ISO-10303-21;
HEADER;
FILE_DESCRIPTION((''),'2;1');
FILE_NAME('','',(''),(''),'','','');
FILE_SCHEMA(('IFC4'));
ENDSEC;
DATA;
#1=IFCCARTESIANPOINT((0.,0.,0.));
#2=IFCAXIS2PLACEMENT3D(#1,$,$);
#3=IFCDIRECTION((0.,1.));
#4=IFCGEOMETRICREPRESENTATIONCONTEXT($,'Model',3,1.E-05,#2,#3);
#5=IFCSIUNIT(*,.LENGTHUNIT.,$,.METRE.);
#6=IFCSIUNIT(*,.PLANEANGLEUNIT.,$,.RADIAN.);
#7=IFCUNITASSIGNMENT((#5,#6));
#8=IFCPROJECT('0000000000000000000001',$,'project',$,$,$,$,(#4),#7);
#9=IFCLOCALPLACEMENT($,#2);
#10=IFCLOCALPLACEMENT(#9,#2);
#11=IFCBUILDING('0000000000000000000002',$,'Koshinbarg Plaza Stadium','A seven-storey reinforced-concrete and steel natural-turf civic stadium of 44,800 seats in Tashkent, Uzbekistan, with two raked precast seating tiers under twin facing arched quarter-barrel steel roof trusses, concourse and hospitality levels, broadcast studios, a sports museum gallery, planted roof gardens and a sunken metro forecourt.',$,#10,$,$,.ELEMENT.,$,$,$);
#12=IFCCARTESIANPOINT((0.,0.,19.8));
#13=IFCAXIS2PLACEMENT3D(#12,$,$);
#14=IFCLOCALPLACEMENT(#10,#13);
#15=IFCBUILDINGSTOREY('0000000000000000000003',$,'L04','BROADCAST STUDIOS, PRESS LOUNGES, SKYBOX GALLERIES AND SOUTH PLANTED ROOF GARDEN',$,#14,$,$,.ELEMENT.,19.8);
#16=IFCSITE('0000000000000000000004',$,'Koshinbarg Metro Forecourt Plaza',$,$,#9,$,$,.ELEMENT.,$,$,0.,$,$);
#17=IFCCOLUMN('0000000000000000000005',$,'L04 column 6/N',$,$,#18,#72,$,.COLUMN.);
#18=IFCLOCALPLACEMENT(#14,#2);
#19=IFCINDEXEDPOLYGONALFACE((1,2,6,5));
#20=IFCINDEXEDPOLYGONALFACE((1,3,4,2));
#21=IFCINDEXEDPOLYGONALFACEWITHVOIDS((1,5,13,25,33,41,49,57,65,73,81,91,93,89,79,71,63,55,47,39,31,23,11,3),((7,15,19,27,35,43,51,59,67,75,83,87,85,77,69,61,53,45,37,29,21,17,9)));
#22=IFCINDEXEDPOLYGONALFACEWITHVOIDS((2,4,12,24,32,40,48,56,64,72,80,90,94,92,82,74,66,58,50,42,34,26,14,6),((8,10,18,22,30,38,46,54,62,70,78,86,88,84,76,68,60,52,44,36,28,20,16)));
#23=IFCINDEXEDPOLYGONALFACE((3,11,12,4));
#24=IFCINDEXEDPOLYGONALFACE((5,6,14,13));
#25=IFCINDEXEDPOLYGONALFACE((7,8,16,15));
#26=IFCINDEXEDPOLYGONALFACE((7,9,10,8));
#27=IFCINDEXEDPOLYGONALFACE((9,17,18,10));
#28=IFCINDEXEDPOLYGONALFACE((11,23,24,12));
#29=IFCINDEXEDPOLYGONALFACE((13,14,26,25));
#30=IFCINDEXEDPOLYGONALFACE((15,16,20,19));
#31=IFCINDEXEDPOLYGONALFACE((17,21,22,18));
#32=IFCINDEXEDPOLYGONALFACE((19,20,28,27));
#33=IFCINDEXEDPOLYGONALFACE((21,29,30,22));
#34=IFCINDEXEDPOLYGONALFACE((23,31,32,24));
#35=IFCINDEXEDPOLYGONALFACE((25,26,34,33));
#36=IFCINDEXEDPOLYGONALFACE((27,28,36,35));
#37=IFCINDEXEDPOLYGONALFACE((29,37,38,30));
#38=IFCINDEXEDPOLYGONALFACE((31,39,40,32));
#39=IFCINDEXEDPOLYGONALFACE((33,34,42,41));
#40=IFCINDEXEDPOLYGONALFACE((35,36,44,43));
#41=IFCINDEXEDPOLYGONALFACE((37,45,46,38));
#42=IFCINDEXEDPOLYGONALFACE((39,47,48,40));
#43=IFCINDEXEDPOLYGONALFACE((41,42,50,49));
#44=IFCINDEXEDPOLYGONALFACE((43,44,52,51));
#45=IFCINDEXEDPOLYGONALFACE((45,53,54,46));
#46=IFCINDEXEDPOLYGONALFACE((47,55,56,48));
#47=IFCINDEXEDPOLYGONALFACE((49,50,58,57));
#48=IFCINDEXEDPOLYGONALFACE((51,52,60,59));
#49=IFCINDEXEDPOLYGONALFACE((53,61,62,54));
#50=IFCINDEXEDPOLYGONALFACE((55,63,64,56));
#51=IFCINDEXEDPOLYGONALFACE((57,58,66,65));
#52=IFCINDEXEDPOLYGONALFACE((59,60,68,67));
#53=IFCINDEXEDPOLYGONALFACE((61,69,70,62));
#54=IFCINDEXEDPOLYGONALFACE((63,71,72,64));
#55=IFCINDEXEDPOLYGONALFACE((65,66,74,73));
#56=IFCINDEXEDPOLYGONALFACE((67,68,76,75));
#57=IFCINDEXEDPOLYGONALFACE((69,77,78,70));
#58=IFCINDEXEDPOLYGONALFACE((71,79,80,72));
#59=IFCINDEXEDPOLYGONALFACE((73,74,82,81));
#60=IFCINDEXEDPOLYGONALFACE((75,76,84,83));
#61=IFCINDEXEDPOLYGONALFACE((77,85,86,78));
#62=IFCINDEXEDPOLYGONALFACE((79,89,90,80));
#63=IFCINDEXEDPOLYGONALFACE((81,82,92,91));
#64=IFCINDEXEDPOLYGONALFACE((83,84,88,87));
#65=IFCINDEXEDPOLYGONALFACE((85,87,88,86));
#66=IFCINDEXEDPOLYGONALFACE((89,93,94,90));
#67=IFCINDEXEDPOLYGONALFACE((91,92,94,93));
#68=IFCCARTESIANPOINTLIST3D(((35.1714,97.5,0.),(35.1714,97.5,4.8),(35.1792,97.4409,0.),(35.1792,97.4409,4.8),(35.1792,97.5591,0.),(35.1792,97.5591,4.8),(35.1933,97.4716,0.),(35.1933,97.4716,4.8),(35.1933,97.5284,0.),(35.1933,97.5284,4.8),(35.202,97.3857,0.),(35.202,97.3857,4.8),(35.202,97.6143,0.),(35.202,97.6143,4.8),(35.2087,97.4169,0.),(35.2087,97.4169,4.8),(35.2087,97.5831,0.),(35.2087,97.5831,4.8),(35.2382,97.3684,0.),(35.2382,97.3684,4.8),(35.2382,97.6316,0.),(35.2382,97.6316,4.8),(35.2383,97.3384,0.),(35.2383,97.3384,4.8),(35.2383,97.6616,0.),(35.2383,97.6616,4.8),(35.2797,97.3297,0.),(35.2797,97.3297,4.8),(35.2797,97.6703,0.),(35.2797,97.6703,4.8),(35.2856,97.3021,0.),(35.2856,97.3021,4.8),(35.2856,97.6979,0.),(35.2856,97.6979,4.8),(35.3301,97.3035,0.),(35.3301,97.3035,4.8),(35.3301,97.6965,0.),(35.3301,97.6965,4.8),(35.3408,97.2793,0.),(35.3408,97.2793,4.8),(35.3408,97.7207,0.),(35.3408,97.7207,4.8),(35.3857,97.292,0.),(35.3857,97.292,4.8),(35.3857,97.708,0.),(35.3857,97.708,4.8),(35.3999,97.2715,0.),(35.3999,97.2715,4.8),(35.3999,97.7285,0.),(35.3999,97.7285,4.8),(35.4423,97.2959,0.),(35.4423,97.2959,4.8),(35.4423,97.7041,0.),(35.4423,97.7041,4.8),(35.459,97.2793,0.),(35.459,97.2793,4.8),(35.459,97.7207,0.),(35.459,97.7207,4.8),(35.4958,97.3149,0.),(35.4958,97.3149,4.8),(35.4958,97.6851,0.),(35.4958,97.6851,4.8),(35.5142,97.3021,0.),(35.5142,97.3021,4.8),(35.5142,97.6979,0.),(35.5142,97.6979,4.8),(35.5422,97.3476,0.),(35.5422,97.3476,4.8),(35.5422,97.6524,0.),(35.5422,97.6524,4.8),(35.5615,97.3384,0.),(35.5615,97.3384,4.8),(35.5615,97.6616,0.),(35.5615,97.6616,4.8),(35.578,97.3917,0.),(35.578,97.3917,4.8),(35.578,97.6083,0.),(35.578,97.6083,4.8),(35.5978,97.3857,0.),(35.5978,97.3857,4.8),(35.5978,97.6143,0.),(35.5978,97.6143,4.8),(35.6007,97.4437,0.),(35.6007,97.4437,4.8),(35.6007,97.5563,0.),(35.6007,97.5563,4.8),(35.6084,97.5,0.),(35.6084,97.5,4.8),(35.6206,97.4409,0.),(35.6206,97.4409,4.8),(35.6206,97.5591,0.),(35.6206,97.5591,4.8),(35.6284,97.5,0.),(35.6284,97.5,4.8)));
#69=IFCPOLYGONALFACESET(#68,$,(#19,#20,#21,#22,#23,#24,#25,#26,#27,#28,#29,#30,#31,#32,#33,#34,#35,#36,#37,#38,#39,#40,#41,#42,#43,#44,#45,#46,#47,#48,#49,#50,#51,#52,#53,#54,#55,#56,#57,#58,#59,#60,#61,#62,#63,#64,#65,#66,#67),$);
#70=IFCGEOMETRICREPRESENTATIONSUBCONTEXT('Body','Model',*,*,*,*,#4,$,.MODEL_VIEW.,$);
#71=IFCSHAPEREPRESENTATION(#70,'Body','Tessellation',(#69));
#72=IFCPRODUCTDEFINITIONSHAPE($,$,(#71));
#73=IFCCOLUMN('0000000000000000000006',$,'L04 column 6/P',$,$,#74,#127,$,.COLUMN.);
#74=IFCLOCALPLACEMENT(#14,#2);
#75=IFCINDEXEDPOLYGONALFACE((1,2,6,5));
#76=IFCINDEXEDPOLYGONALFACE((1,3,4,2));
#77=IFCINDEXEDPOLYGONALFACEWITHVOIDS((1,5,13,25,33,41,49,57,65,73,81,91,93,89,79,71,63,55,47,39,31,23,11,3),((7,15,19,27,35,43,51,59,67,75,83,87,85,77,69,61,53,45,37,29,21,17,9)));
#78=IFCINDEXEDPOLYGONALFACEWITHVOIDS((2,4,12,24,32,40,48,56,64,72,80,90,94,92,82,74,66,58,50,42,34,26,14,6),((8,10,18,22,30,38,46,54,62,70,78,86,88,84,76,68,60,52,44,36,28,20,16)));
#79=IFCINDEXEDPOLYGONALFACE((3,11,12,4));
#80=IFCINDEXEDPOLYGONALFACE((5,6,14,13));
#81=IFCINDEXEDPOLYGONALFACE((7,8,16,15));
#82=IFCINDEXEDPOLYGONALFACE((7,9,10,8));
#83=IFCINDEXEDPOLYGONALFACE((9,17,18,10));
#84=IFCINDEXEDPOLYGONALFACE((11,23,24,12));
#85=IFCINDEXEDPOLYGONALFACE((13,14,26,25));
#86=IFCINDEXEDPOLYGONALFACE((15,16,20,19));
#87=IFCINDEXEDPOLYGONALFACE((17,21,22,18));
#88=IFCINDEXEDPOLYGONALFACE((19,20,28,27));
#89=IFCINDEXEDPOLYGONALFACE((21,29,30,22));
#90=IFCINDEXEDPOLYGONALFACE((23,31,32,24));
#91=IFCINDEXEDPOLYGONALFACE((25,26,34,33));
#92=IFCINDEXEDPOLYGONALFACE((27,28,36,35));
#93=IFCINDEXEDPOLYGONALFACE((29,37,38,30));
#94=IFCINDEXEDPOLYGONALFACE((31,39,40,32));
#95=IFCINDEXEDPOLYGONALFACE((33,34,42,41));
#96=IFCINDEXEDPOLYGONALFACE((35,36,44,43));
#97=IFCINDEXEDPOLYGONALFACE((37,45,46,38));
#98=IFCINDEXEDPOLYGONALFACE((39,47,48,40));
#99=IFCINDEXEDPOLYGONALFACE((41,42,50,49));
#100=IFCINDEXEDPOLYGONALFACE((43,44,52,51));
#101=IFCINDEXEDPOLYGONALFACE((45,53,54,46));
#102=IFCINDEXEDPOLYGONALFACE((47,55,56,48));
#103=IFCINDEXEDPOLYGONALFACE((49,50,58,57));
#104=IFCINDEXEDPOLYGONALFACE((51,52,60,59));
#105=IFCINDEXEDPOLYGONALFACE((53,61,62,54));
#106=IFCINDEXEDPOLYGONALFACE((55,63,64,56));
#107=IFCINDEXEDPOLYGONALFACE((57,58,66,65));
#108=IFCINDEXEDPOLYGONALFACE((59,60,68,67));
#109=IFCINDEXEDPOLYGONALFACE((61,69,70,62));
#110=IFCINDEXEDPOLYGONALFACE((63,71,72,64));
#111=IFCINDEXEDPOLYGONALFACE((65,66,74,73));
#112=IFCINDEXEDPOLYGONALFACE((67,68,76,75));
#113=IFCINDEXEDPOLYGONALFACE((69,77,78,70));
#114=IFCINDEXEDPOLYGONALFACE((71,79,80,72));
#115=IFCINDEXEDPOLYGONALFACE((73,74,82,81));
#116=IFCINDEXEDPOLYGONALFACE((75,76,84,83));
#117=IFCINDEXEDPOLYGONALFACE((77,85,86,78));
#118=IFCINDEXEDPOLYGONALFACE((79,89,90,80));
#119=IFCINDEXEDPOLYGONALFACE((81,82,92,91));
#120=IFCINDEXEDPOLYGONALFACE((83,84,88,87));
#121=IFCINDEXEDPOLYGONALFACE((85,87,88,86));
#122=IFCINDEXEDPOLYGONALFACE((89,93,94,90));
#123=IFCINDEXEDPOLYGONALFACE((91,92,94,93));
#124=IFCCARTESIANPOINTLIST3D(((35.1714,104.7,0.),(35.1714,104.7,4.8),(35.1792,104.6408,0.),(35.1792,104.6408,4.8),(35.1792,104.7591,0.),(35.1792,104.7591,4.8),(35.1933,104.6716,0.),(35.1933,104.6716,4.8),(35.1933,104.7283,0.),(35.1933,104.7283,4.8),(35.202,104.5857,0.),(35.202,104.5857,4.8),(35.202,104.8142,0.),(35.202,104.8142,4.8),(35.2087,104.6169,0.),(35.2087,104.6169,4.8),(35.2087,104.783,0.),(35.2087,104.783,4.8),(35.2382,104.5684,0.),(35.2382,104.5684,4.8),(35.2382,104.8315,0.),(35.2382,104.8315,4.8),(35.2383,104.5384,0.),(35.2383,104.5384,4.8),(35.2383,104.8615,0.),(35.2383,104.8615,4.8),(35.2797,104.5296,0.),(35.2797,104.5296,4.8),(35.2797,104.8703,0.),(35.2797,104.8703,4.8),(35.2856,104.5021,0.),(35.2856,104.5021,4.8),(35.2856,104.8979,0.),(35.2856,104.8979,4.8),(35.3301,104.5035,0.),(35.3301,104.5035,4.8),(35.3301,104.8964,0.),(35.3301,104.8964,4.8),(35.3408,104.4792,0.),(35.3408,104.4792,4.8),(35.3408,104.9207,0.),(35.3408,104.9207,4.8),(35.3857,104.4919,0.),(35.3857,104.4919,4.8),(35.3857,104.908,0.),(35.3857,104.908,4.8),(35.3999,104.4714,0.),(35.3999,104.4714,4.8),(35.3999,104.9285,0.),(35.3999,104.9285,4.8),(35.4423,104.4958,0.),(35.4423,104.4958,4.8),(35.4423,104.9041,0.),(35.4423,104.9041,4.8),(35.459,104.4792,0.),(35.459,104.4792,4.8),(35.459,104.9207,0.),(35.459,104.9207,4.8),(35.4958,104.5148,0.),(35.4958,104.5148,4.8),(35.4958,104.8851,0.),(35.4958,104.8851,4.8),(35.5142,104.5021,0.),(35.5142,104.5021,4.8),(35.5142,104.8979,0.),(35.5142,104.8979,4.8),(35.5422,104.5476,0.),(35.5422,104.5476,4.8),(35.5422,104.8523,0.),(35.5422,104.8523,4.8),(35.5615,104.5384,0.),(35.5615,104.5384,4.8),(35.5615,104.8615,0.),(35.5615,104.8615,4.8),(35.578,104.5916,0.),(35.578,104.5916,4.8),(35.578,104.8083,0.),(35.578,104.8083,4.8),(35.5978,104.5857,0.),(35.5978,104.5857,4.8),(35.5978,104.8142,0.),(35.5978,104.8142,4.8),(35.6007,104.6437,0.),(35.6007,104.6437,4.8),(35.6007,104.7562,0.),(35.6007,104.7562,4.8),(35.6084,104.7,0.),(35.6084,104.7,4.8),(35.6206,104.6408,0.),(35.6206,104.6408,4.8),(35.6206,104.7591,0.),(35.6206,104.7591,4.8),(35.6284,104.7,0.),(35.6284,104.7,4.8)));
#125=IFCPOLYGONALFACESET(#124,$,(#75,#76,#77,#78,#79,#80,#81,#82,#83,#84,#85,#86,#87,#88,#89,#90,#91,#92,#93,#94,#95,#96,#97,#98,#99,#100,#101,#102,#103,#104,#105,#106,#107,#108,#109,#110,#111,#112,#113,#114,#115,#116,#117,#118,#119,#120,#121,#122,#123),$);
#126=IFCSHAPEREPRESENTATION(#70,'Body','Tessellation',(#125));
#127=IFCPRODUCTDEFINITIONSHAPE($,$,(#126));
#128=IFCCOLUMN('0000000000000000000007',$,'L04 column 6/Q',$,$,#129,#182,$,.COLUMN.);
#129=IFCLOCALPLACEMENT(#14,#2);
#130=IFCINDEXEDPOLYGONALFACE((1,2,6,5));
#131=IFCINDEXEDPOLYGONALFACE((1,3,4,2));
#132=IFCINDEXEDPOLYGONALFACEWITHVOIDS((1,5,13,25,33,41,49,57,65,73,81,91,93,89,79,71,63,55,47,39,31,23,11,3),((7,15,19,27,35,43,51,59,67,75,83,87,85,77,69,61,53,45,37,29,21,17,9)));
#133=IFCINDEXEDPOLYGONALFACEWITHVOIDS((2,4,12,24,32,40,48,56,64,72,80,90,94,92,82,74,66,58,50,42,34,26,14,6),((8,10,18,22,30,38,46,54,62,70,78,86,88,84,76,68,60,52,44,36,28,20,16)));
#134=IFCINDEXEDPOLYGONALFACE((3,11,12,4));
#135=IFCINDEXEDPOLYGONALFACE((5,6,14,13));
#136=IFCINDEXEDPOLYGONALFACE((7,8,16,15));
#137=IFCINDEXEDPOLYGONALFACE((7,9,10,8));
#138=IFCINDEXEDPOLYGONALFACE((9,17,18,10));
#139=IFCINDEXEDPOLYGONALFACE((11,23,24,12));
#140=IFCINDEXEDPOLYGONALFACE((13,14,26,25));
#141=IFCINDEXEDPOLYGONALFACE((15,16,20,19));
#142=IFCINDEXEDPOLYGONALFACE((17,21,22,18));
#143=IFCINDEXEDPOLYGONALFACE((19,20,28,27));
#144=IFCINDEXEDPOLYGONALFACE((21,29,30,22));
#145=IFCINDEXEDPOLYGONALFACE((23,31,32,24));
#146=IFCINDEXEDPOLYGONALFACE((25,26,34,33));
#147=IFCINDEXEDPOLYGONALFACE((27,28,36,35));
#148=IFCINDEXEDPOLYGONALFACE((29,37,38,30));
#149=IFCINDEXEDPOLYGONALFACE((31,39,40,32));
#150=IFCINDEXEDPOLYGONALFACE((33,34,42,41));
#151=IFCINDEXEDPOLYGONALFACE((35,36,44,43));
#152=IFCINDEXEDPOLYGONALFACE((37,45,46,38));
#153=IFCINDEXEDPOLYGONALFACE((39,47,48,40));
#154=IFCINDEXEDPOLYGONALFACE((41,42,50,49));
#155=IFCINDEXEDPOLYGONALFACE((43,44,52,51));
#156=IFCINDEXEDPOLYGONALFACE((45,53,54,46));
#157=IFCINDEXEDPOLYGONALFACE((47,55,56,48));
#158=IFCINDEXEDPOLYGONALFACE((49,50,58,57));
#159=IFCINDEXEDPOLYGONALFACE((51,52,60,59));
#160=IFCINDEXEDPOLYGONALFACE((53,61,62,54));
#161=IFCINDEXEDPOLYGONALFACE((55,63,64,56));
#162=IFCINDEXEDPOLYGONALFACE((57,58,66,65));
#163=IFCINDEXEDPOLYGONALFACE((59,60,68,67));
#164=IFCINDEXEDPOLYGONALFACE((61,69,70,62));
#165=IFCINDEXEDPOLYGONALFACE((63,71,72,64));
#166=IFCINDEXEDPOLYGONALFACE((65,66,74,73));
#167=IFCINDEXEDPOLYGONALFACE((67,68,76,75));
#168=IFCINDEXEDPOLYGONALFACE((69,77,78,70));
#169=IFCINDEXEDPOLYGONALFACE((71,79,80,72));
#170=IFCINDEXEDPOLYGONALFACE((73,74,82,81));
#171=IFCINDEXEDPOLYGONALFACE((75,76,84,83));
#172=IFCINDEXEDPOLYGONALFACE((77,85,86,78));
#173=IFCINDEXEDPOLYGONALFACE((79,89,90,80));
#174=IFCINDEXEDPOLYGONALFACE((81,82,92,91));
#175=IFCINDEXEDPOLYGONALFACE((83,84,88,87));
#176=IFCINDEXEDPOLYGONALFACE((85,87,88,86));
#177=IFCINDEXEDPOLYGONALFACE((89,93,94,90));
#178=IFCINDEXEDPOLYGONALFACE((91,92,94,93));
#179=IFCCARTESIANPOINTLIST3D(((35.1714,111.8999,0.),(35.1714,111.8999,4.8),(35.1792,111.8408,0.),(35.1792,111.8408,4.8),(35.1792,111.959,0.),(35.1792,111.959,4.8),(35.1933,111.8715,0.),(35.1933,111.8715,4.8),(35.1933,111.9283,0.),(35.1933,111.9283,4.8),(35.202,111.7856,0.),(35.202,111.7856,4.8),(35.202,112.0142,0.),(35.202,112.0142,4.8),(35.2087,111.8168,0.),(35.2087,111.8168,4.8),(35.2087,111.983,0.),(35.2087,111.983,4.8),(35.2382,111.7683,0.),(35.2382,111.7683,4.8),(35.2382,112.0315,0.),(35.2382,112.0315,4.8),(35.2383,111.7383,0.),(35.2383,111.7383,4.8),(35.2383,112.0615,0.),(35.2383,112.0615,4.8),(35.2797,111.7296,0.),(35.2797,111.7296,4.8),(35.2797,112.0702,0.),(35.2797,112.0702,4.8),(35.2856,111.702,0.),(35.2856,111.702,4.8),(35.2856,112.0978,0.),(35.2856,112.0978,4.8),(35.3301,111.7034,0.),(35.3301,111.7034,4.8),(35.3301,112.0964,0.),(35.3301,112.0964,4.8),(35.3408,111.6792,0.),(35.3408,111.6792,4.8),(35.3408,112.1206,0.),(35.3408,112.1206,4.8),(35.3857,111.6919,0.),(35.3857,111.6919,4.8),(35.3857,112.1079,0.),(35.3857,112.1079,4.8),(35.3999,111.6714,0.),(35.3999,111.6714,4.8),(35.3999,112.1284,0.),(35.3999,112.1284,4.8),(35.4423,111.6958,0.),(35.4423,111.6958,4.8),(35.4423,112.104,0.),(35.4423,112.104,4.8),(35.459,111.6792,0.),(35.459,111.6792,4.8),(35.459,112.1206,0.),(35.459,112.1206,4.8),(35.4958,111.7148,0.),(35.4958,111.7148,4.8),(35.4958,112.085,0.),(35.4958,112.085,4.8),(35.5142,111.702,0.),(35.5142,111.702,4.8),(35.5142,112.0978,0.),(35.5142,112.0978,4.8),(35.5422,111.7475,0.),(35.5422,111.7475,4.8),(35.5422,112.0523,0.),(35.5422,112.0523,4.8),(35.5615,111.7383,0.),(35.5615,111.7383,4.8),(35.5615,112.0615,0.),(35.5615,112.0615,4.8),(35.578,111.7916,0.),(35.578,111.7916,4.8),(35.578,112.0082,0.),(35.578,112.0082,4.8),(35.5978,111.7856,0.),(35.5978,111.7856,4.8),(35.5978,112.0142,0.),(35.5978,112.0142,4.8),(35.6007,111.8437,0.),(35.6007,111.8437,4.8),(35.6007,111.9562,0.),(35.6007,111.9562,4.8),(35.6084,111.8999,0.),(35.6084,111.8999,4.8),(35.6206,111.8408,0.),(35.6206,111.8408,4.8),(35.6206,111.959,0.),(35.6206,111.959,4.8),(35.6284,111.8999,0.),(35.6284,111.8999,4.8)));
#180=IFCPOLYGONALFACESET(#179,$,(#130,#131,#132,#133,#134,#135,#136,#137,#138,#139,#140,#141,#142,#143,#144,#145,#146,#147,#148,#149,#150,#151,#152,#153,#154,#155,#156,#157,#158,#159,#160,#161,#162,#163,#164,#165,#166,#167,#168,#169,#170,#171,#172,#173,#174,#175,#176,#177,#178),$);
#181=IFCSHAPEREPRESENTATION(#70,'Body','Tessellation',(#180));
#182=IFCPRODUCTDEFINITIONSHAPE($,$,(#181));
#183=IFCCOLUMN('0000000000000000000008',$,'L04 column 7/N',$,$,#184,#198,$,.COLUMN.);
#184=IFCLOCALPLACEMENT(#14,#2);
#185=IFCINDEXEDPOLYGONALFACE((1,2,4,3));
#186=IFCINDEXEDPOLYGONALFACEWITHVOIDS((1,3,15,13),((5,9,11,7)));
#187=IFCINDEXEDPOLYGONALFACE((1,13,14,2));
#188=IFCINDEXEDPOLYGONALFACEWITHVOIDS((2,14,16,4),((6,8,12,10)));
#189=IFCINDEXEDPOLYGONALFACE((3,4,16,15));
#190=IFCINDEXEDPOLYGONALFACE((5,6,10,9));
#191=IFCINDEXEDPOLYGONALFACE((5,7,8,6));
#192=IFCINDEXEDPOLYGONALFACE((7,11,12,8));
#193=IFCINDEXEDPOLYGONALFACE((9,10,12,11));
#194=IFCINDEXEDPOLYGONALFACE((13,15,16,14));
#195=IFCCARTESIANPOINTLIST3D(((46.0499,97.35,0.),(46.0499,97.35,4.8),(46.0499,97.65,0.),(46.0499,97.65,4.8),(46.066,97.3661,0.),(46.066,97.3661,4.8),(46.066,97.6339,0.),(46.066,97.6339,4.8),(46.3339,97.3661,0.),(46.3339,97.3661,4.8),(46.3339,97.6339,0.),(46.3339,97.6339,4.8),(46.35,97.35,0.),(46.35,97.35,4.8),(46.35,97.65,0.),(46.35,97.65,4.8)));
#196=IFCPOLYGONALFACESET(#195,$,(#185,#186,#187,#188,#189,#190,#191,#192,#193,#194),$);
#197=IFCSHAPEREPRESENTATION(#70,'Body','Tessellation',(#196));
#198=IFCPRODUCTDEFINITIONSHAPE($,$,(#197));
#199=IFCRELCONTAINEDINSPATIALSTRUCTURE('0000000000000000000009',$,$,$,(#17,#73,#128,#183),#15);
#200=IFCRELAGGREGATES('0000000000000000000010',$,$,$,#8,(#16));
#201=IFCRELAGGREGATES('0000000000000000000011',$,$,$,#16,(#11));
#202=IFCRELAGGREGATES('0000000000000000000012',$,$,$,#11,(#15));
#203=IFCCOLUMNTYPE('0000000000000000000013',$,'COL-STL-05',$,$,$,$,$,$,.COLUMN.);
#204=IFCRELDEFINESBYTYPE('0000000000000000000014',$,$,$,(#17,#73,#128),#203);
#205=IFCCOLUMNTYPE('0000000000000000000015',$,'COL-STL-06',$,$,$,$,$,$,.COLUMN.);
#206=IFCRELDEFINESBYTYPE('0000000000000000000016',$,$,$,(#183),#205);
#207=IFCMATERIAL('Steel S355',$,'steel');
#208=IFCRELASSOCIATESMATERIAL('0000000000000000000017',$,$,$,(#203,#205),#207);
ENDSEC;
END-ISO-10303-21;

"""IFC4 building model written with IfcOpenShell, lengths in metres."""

from ifc_helpers import new_model, si_unit, direction, frame, origin, origin_2d, place, context, subcontext, project, spatial, hollow_rectangle, hollow_circle, extrude, material, material_profile, profile_set, type_object, element, save


model = new_model("IFC4")

# Units and contexts
model_context = context("Model", 3, precision=1e-05, world=origin(), true_north=direction((0.0, 1.0)))
body_context = subcontext(model_context, "Body", "Model", "MODEL_VIEW")
ifc_project = project(units=[si_unit("LENGTHUNIT", "METRE"), si_unit("PLANEANGLEUNIT", "RADIAN")], contexts=[model_context])

# Site, building, storey
site_placement = place(None, origin())
site = spatial("IfcSite", under=ifc_project, at=site_placement, Name="Koshinbarg Metro Forecourt Plaza", CompositionType="ELEMENT", RefElevation=0.0)
building_placement = place(site_placement, origin())
building = spatial("IfcBuilding", under=site, at=building_placement, Name="Koshinbarg Plaza Stadium", Description="A seven-storey reinforced-concrete and steel natural-turf civic stadium of 44,800 seats in Tashkent, Uzbekistan, with two raked precast seating tiers under twin facing arched quarter-barrel steel roof trusses, concourse and hospitality levels, broadcast studios, a sports museum gallery, planted roof gardens and a sunken metro forecourt.", CompositionType="ELEMENT")
storey_placement = place(building_placement, frame((0.0, 0.0, 19.8)))
storey = spatial("IfcBuildingStorey", under=building, at=storey_placement, Name="L04", Description="BROADCAST STUDIOS, PRESS LOUNGES, SKYBOX GALLERIES AND SOUTH PLANTED ROOF GARDEN", CompositionType="ELEMENT", Elevation=19.8)

# Columns
ifc_material_1 = material(Name="Steel S355", Category="steel")
ifc_material_profile_1 = material_profile(ifc_material_1, hollow_circle(Radius=0.2285, WallThickness=0.02, at=origin_2d()), Name="CHS 457x20")
ifc_profile_set_1 = profile_set([ifc_material_profile_1], Name="Steel S355")
column_type_1 = type_object("IfcColumnType", Name="COL-STL-05", PredefinedType="COLUMN", material=ifc_profile_set_1)
for number, where, z_axis, x_axis, name in (
    (1, (35.3999, 97.5, 0.0), (0.0, 0.0, 1.0), (1.0, 0.0, 0.0), "L04 column 6/N"),
    (2, (35.3999, 104.7, 0.0), (0.0, 0.0, 1.0), (1.0, 0.0, 0.0), "L04 column 6/P"),
    (3, (35.3999, 111.8999, 0.0), (0.0, 0.0, 1.0), (1.0, 0.0, 0.0), "L04 column 6/Q"),
):
    element("IfcColumn", number, at=place(storey_placement, frame(where, z_axis=z_axis, x_axis=x_axis)), inside=storey, type_object=column_type_1, Name=name, PredefinedType="COLUMN", context=body_context, shape_type="SweptSolid", body=[
        extrude(hollow_circle(Radius=0.2285, WallThickness=0.02, at=origin_2d()), origin(), (0.0, 0.0, 1.0), 4.8),
    ])
ifc_material_profile_2 = material_profile(ifc_material_1, hollow_rectangle(XDim=0.3, YDim=0.3, WallThickness=0.0161, at=origin_2d()), Name="SHS 300x300x16")
ifc_profile_set_2 = profile_set([ifc_material_profile_2], Name="Steel S355")
column_type_2 = type_object("IfcColumnType", Name="COL-STL-06", PredefinedType="COLUMN", material=ifc_profile_set_2)
column_placement = place(storey_placement, frame((46.2, 97.5, 0.0), z_axis=(0.0, 0.0, 1.0), x_axis=(1.0, 0.0, 0.0)))
element("IfcColumn", 4, at=column_placement, inside=storey, type_object=column_type_2, Name="L04 column 7/N", PredefinedType="COLUMN", context=body_context, shape_type="SweptSolid", body=[
    extrude(hollow_rectangle(XDim=0.3, YDim=0.3, WallThickness=0.0161, at=origin_2d()), origin(), (0.0, 0.0, 1.0), 4.8),
])

save(model, "model.ifc")
